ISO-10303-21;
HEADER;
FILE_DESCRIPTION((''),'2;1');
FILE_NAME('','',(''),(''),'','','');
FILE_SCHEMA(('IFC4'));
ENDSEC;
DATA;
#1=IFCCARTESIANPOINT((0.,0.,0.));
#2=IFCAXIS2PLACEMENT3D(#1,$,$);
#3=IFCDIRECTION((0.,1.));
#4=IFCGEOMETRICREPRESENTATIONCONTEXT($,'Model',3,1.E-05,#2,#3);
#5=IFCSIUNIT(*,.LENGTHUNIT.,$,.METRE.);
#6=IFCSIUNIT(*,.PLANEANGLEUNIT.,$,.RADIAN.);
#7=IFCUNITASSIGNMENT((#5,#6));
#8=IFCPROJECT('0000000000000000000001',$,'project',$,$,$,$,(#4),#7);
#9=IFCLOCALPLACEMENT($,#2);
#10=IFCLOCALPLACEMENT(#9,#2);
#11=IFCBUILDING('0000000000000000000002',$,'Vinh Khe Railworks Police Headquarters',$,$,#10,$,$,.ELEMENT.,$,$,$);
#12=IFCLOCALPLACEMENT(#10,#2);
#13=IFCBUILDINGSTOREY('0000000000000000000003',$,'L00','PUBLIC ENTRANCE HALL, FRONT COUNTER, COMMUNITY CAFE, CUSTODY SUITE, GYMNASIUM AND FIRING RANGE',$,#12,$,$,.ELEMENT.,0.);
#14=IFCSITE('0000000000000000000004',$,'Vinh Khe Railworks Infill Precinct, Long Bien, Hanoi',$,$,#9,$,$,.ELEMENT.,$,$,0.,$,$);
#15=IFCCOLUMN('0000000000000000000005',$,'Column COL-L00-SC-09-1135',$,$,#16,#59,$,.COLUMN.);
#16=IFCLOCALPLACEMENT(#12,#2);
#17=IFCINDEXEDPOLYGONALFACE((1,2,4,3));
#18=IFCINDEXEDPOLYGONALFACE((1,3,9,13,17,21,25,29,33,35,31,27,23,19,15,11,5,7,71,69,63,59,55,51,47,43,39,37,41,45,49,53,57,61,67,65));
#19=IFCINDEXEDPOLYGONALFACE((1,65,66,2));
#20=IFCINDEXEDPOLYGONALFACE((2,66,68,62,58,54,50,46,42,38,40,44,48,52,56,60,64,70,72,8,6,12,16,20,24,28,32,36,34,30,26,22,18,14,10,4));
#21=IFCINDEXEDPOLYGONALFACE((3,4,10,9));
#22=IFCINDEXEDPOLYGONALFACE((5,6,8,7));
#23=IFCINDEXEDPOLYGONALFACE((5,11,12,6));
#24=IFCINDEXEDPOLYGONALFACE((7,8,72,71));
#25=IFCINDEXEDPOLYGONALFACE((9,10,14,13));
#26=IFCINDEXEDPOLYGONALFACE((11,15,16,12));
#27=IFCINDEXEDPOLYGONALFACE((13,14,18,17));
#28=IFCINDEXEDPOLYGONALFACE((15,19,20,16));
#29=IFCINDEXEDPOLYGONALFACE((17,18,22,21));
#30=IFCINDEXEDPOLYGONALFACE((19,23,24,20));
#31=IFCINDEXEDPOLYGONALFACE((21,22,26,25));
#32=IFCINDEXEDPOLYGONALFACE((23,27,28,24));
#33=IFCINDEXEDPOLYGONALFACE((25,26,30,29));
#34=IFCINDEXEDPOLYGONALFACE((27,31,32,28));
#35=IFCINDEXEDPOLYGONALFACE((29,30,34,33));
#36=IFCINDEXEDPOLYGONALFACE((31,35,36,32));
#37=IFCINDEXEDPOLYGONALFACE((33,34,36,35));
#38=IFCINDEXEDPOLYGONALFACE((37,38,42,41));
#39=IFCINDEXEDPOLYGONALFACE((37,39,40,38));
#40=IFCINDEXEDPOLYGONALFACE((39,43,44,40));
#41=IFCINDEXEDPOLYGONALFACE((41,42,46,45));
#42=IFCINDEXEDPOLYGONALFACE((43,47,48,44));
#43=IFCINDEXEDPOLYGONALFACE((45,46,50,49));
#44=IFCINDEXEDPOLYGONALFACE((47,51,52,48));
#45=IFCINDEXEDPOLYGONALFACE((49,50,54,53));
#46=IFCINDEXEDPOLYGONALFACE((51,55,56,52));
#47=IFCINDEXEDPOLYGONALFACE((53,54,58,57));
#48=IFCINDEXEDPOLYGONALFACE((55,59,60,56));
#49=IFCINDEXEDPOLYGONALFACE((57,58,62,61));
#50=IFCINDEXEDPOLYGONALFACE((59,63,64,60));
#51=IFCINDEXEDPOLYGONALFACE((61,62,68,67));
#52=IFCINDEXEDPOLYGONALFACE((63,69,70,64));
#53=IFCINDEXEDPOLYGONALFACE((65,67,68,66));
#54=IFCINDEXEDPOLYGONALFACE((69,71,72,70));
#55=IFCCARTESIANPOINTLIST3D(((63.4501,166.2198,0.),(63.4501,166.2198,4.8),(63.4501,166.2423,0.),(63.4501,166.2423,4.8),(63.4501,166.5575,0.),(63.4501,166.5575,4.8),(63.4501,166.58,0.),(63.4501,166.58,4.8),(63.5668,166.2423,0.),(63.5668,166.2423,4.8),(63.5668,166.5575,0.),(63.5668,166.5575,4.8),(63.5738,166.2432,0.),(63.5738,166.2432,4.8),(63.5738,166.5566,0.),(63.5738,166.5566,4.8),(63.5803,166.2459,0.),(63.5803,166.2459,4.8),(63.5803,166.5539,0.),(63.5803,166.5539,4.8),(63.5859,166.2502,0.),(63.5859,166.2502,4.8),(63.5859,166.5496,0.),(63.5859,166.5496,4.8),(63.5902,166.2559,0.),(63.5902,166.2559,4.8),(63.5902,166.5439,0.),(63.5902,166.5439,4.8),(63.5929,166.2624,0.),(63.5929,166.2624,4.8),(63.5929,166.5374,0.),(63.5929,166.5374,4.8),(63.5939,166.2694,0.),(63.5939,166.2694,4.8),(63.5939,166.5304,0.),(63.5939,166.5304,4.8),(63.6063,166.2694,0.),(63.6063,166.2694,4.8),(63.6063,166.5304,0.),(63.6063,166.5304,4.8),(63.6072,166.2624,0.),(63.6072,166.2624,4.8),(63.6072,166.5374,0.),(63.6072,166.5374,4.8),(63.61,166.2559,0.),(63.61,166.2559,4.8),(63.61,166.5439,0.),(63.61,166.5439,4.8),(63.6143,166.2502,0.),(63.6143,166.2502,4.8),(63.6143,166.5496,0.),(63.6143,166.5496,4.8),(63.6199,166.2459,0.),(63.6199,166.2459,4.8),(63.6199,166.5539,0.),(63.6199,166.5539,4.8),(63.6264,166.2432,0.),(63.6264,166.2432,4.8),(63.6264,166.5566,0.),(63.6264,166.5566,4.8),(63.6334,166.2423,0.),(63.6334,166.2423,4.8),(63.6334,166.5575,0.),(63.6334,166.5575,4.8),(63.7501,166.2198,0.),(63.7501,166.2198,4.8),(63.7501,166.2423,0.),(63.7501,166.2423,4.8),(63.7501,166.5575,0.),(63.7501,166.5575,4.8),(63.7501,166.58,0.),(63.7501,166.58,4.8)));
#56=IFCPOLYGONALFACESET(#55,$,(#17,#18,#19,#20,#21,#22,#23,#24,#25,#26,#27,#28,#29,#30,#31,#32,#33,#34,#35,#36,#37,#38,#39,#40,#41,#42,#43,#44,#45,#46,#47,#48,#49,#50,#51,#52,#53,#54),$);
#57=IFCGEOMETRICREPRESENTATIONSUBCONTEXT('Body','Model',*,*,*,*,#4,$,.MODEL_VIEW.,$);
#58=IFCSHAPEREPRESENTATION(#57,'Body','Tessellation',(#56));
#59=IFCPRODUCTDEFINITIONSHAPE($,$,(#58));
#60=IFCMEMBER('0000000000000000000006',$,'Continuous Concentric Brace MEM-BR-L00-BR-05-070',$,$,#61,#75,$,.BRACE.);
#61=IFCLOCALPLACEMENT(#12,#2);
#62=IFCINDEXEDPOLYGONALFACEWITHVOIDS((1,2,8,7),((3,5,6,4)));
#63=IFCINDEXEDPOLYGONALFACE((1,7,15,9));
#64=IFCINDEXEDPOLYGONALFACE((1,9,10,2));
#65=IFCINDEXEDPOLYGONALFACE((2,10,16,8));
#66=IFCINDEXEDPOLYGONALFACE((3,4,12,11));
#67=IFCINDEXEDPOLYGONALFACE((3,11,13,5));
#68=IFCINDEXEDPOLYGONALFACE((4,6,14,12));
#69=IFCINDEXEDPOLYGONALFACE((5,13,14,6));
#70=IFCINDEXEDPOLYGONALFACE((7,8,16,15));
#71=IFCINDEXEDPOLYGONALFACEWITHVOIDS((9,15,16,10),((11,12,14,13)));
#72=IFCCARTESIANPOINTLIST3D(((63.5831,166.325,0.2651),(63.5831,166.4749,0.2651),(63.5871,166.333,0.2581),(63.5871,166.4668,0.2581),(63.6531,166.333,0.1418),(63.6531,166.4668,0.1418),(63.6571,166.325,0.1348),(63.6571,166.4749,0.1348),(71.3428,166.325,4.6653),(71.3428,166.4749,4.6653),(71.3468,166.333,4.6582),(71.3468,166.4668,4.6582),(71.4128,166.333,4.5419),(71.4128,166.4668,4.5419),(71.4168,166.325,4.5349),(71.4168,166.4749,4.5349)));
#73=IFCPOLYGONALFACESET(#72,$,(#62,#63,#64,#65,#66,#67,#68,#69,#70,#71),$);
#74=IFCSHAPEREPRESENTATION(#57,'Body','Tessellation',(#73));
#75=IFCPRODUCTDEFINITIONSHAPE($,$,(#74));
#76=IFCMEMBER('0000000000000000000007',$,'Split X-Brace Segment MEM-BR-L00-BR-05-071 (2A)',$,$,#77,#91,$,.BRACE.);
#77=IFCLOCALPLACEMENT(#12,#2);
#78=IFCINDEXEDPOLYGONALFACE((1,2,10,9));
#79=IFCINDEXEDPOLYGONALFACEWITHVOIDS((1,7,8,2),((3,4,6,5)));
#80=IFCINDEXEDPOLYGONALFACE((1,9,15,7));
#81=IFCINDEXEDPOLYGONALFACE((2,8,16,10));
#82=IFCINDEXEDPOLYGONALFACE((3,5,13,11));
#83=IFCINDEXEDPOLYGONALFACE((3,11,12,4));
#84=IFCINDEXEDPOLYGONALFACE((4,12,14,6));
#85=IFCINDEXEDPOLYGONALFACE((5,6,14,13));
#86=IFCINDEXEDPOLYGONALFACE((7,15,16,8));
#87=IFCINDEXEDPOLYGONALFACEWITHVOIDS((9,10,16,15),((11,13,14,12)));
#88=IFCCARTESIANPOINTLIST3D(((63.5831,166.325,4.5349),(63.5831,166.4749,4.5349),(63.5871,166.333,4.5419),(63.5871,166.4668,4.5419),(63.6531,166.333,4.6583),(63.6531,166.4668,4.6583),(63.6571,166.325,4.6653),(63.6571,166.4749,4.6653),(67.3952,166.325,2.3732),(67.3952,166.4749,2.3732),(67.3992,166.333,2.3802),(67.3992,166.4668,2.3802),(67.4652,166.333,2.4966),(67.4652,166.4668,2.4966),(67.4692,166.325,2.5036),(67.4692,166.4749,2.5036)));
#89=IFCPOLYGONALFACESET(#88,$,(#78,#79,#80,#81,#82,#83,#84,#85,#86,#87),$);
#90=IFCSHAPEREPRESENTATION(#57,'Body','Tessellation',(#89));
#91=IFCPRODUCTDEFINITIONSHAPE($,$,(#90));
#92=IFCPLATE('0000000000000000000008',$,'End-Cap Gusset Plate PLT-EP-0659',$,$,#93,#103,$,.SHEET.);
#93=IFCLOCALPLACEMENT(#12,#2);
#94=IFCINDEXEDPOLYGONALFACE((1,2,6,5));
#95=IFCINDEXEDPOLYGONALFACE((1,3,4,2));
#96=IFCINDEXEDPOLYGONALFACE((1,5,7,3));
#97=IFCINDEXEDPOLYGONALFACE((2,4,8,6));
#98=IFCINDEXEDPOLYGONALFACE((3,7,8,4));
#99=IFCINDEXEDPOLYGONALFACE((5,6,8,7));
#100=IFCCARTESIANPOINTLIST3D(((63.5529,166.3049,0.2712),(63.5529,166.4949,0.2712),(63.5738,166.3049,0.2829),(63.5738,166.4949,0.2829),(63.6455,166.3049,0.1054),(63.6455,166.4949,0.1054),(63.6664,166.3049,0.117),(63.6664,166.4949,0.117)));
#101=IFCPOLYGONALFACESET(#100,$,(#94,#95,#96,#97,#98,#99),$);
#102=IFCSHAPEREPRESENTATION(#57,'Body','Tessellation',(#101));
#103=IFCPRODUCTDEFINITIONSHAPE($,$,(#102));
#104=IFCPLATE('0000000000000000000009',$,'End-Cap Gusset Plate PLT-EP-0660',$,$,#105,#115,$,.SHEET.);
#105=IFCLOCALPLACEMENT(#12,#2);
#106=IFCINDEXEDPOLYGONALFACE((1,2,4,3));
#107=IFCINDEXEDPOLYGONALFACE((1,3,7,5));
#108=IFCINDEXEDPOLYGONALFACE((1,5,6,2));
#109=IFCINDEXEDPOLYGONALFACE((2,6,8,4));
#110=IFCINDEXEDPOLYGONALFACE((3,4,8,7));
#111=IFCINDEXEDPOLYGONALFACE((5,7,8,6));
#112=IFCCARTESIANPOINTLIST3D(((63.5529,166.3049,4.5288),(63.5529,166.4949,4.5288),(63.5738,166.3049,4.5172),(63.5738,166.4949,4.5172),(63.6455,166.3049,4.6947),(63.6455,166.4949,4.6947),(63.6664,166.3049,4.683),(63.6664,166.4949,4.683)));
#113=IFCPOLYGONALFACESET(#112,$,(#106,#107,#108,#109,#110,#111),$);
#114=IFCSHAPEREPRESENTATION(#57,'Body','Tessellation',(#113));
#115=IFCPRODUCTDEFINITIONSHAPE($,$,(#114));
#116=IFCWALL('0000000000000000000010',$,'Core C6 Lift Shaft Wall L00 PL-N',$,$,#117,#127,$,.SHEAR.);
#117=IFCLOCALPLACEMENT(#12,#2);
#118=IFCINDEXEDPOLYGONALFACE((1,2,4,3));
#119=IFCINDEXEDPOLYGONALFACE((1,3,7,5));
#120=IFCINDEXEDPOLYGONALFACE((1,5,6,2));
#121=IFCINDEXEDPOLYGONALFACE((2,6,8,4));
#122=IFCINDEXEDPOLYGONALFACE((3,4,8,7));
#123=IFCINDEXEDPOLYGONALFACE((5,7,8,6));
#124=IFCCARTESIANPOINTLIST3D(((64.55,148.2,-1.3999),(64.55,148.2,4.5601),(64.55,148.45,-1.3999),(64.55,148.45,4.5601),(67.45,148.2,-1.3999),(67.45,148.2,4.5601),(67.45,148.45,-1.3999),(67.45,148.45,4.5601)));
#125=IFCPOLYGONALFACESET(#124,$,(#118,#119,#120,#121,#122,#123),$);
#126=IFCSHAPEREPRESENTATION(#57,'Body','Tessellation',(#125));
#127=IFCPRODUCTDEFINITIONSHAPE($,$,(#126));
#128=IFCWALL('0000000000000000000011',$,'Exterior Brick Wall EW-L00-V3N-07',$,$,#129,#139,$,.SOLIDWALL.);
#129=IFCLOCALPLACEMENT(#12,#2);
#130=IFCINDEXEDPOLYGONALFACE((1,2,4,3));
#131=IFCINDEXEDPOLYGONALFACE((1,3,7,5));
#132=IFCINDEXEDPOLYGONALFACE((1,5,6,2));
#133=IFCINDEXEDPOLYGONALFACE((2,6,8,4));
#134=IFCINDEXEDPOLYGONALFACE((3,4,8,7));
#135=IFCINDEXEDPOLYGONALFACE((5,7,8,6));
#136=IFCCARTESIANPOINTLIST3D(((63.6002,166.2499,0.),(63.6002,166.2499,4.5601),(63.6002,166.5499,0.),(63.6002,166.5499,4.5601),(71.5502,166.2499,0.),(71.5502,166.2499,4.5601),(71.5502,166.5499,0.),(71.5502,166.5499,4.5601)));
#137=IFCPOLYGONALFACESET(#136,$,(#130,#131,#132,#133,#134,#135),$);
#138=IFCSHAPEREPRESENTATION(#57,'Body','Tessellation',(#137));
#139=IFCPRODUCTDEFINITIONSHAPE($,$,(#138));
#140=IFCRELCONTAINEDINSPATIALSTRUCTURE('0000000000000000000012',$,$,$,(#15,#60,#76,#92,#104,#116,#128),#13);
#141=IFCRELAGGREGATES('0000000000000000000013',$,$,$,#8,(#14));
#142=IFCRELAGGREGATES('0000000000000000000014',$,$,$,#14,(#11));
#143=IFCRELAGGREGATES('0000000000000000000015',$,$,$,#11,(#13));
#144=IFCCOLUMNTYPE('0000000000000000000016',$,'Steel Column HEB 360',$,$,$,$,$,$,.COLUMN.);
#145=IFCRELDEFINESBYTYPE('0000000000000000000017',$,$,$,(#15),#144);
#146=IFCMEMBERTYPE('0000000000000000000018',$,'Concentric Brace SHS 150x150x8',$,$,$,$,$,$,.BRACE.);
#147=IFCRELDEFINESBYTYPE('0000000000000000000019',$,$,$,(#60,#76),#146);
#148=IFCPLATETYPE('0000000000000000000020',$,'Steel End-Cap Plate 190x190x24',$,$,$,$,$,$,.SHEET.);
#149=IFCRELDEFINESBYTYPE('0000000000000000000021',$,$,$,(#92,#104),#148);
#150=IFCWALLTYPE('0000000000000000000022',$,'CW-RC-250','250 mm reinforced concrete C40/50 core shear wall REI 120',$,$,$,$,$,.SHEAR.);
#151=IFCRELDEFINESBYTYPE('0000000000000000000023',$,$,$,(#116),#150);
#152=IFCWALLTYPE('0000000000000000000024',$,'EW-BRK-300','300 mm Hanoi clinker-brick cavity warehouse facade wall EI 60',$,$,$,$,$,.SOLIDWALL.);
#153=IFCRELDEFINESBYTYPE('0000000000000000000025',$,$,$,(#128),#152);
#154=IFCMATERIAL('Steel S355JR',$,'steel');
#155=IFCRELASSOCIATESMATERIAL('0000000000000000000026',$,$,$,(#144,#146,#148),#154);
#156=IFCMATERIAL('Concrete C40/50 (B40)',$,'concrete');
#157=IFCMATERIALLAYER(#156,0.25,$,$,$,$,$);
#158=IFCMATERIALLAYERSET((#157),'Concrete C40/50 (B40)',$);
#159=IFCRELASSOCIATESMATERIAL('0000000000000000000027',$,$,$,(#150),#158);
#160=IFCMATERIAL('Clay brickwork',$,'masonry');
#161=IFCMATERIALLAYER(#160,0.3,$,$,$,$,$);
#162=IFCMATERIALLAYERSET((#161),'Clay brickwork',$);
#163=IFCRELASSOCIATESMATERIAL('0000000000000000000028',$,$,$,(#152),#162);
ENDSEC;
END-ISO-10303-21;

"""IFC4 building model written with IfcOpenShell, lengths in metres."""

from ifc_helpers import new_model, si_unit, direction, frame, frame_2d, origin, origin_2d, place, context, subcontext, project, spatial, rectangle, hollow_rectangle, i_section, extrude, material, layer, layer_set, material_profile, profile_set, type_object, element, save


model = new_model("IFC4")

# Units and contexts
model_context = context("Model", 3, precision=1e-05, world=origin(), true_north=direction((0.0, 1.0)))
body_context = subcontext(model_context, "Body", "Model", "MODEL_VIEW")
ifc_project = project(units=[si_unit("LENGTHUNIT", "METRE"), si_unit("PLANEANGLEUNIT", "RADIAN")], contexts=[model_context])

# Site, building, storey
site_placement = place(None, origin())
site = spatial("IfcSite", under=ifc_project, at=site_placement, Name="Vinh Khe Railworks Infill Precinct, Long Bien, Hanoi", CompositionType="ELEMENT", RefElevation=0.0)
building_placement = place(site_placement, origin())
building = spatial("IfcBuilding", under=site, at=building_placement, Name="Vinh Khe Railworks Police Headquarters", CompositionType="ELEMENT")
storey_placement = place(building_placement, origin())
storey = spatial("IfcBuildingStorey", under=building, at=storey_placement, Name="L00", Description="PUBLIC ENTRANCE HALL, FRONT COUNTER, COMMUNITY CAFE, CUSTODY SUITE, GYMNASIUM AND FIRING RANGE", CompositionType="ELEMENT", Elevation=0.0)

# Column
ifc_material_1 = material(Name="Concrete C40/50 (B40)", Category="concrete")
ifc_material_2 = material(Name="Steel S355JR", Category="steel")
ifc_material_profile_1 = material_profile(ifc_material_2, i_section(OverallWidth=0.3, OverallDepth=0.3601, WebThickness=0.0125, FlangeThickness=0.0225, FilletRadius=0.0271, at=origin_2d()), Name="HEB 360")
ifc_profile_set_1 = profile_set([ifc_material_profile_1], Name="Steel S355JR")
column_type_1 = type_object("IfcColumnType", Name="Steel Column HEB 360", PredefinedType="COLUMN", material=ifc_profile_set_1)
column_1_placement = place(storey_placement, frame((63.6001, 166.3999, 0.0), z_axis=(0.0, 0.0, 1.0), x_axis=(1.0, 0.0, 0.0)))
element("IfcColumn", 1, at=column_1_placement, inside=storey, type_object=column_type_1, Name="Column COL-L00-SC-09-1135", PredefinedType="COLUMN", context=body_context, shape_type="SweptSolid", body=[
    extrude(i_section(OverallWidth=0.3, OverallDepth=0.3601, WebThickness=0.0125, FlangeThickness=0.0225, FilletRadius=0.0271, at=origin_2d()), origin(), (0.0, 0.0, 1.0), 4.8),
])

# Members
ifc_material_profile_2 = material_profile(ifc_material_2, hollow_rectangle(XDim=0.1499, YDim=0.1499, WallThickness=0.0081, at=origin_2d()), Name="SHS 150x150x8")
ifc_profile_set_2 = profile_set([ifc_material_profile_2], Name="Steel S355JR")
member_type = type_object("IfcMemberType", Name="Concentric Brace SHS 150x150x8", PredefinedType="BRACE", material=ifc_profile_set_2)
member_1_placement = place(storey_placement, frame((63.6201, 166.3999, 0.2), z_axis=(0.86988, 0.0, 0.493263), x_axis=(0.0, 1.0, 0.0)))
element("IfcMember", 2, at=member_1_placement, inside=storey, type_object=member_type, Name="Continuous Concentric Brace MEM-BR-L00-BR-05-070", PredefinedType="BRACE", context=body_context, shape_type="SweptSolid", body=[
    extrude(hollow_rectangle(XDim=0.1499, YDim=0.1499, WallThickness=0.0081, at=origin_2d()), origin(), (0.0, 0.0, 1.0), 8.9204),
])
member_2_placement = place(storey_placement, frame((63.6201, 166.3999, 4.6001), z_axis=(0.869877, 0.0, -0.493268), x_axis=(0.0, 1.0, 0.0)))
element("IfcMember", 3, at=member_2_placement, inside=storey, type_object=member_type, Name="Split X-Brace Segment MEM-BR-L00-BR-05-071 (2A)", PredefinedType="BRACE", context=body_context, shape_type="SweptSolid", body=[
    extrude(hollow_rectangle(XDim=0.1499, YDim=0.1499, WallThickness=0.0081, at=origin_2d()), origin(), (0.0, 0.0, 1.0), 4.3823),
])

# Plates
ifc_material_profile_3 = material_profile(ifc_material_2, rectangle(XDim=0.1899, YDim=0.1899, at=origin_2d()), Name="PL 190x190")
ifc_profile_set_3 = profile_set([ifc_material_profile_3], Name="Steel S355JR")
plate_type = type_object("IfcPlateType", Name="Steel End-Cap Plate 190x190x24", PredefinedType="SHEET", material=ifc_profile_set_3)
for number, where, z_axis, x_axis, name in (
    (4, (63.6201, 166.3999, 0.2), (-0.873198, 0.0, -0.487366), (0.0, -1.0, 0.0), "End-Cap Gusset Plate PLT-EP-0659"),
    (5, (63.6201, 166.3999, 4.6001), (-0.873198, 0.0, 0.487366), (0.0, -1.0, 0.0), "End-Cap Gusset Plate PLT-EP-0660"),
):
    element("IfcPlate", number, at=place(storey_placement, frame(where, z_axis=z_axis, x_axis=x_axis)), inside=storey, type_object=plate_type, Name=name, PredefinedType="SHEET", context=body_context, shape_type="SweptSolid", body=[
        extrude(rectangle(XDim=0.1899, YDim=0.1899, at=origin_2d()), origin(), (0.0, 0.0, 1.0), 0.0239),
    ])

# Walls
ifc_layer_1 = layer(ifc_material_1, 0.25)
ifc_layer_set_1 = layer_set([ifc_layer_1], Name="Concrete C40/50 (B40)")
wall_type_1 = type_object("IfcWallType", Name="CW-RC-250", Description="250 mm reinforced concrete C40/50 core shear wall REI 120", PredefinedType="SHEAR", material=ifc_layer_set_1)
wall_1_placement = place(storey_placement, frame((64.55, 148.325, -1.3999), z_axis=(0.0, 0.0, 1.0), x_axis=(1.0, 0.0, 0.0)))
element("IfcWall", 6, at=wall_1_placement, inside=storey, type_object=wall_type_1, Name="Core C6 Lift Shaft Wall L00 PL-N", PredefinedType="SHEAR", context=body_context, shape_type="SweptSolid", body=[
    extrude(rectangle(XDim=2.8999, YDim=0.25, at=frame_2d((1.45, 0.0))), origin(), (0.0, 0.0, 1.0), 5.96),
])
ifc_material_3 = material(Name="Clay brickwork", Category="masonry")
ifc_layer_2 = layer(ifc_material_3, 0.3)
ifc_layer_set_2 = layer_set([ifc_layer_2], Name="Clay brickwork")
wall_type_2 = type_object("IfcWallType", Name="EW-BRK-300", Description="300 mm Hanoi clinker-brick cavity warehouse facade wall EI 60", PredefinedType="SOLIDWALL", material=ifc_layer_set_2)
wall_2_placement = place(storey_placement, frame((63.6001, 166.3999, 0.0), z_axis=(0.0, 0.0, 1.0), x_axis=(1.0, 0.0, 0.0)))
element("IfcWall", 7, at=wall_2_placement, inside=storey, type_object=wall_type_2, Name="Exterior Brick Wall EW-L00-V3N-07", PredefinedType="SOLIDWALL", context=body_context, shape_type="SweptSolid", body=[
    extrude(rectangle(XDim=7.95, YDim=0.3, at=frame_2d((3.9751, 0.0))), origin(), (0.0, 0.0, 1.0), 4.5601),
])

save(model, "model.ifc")
